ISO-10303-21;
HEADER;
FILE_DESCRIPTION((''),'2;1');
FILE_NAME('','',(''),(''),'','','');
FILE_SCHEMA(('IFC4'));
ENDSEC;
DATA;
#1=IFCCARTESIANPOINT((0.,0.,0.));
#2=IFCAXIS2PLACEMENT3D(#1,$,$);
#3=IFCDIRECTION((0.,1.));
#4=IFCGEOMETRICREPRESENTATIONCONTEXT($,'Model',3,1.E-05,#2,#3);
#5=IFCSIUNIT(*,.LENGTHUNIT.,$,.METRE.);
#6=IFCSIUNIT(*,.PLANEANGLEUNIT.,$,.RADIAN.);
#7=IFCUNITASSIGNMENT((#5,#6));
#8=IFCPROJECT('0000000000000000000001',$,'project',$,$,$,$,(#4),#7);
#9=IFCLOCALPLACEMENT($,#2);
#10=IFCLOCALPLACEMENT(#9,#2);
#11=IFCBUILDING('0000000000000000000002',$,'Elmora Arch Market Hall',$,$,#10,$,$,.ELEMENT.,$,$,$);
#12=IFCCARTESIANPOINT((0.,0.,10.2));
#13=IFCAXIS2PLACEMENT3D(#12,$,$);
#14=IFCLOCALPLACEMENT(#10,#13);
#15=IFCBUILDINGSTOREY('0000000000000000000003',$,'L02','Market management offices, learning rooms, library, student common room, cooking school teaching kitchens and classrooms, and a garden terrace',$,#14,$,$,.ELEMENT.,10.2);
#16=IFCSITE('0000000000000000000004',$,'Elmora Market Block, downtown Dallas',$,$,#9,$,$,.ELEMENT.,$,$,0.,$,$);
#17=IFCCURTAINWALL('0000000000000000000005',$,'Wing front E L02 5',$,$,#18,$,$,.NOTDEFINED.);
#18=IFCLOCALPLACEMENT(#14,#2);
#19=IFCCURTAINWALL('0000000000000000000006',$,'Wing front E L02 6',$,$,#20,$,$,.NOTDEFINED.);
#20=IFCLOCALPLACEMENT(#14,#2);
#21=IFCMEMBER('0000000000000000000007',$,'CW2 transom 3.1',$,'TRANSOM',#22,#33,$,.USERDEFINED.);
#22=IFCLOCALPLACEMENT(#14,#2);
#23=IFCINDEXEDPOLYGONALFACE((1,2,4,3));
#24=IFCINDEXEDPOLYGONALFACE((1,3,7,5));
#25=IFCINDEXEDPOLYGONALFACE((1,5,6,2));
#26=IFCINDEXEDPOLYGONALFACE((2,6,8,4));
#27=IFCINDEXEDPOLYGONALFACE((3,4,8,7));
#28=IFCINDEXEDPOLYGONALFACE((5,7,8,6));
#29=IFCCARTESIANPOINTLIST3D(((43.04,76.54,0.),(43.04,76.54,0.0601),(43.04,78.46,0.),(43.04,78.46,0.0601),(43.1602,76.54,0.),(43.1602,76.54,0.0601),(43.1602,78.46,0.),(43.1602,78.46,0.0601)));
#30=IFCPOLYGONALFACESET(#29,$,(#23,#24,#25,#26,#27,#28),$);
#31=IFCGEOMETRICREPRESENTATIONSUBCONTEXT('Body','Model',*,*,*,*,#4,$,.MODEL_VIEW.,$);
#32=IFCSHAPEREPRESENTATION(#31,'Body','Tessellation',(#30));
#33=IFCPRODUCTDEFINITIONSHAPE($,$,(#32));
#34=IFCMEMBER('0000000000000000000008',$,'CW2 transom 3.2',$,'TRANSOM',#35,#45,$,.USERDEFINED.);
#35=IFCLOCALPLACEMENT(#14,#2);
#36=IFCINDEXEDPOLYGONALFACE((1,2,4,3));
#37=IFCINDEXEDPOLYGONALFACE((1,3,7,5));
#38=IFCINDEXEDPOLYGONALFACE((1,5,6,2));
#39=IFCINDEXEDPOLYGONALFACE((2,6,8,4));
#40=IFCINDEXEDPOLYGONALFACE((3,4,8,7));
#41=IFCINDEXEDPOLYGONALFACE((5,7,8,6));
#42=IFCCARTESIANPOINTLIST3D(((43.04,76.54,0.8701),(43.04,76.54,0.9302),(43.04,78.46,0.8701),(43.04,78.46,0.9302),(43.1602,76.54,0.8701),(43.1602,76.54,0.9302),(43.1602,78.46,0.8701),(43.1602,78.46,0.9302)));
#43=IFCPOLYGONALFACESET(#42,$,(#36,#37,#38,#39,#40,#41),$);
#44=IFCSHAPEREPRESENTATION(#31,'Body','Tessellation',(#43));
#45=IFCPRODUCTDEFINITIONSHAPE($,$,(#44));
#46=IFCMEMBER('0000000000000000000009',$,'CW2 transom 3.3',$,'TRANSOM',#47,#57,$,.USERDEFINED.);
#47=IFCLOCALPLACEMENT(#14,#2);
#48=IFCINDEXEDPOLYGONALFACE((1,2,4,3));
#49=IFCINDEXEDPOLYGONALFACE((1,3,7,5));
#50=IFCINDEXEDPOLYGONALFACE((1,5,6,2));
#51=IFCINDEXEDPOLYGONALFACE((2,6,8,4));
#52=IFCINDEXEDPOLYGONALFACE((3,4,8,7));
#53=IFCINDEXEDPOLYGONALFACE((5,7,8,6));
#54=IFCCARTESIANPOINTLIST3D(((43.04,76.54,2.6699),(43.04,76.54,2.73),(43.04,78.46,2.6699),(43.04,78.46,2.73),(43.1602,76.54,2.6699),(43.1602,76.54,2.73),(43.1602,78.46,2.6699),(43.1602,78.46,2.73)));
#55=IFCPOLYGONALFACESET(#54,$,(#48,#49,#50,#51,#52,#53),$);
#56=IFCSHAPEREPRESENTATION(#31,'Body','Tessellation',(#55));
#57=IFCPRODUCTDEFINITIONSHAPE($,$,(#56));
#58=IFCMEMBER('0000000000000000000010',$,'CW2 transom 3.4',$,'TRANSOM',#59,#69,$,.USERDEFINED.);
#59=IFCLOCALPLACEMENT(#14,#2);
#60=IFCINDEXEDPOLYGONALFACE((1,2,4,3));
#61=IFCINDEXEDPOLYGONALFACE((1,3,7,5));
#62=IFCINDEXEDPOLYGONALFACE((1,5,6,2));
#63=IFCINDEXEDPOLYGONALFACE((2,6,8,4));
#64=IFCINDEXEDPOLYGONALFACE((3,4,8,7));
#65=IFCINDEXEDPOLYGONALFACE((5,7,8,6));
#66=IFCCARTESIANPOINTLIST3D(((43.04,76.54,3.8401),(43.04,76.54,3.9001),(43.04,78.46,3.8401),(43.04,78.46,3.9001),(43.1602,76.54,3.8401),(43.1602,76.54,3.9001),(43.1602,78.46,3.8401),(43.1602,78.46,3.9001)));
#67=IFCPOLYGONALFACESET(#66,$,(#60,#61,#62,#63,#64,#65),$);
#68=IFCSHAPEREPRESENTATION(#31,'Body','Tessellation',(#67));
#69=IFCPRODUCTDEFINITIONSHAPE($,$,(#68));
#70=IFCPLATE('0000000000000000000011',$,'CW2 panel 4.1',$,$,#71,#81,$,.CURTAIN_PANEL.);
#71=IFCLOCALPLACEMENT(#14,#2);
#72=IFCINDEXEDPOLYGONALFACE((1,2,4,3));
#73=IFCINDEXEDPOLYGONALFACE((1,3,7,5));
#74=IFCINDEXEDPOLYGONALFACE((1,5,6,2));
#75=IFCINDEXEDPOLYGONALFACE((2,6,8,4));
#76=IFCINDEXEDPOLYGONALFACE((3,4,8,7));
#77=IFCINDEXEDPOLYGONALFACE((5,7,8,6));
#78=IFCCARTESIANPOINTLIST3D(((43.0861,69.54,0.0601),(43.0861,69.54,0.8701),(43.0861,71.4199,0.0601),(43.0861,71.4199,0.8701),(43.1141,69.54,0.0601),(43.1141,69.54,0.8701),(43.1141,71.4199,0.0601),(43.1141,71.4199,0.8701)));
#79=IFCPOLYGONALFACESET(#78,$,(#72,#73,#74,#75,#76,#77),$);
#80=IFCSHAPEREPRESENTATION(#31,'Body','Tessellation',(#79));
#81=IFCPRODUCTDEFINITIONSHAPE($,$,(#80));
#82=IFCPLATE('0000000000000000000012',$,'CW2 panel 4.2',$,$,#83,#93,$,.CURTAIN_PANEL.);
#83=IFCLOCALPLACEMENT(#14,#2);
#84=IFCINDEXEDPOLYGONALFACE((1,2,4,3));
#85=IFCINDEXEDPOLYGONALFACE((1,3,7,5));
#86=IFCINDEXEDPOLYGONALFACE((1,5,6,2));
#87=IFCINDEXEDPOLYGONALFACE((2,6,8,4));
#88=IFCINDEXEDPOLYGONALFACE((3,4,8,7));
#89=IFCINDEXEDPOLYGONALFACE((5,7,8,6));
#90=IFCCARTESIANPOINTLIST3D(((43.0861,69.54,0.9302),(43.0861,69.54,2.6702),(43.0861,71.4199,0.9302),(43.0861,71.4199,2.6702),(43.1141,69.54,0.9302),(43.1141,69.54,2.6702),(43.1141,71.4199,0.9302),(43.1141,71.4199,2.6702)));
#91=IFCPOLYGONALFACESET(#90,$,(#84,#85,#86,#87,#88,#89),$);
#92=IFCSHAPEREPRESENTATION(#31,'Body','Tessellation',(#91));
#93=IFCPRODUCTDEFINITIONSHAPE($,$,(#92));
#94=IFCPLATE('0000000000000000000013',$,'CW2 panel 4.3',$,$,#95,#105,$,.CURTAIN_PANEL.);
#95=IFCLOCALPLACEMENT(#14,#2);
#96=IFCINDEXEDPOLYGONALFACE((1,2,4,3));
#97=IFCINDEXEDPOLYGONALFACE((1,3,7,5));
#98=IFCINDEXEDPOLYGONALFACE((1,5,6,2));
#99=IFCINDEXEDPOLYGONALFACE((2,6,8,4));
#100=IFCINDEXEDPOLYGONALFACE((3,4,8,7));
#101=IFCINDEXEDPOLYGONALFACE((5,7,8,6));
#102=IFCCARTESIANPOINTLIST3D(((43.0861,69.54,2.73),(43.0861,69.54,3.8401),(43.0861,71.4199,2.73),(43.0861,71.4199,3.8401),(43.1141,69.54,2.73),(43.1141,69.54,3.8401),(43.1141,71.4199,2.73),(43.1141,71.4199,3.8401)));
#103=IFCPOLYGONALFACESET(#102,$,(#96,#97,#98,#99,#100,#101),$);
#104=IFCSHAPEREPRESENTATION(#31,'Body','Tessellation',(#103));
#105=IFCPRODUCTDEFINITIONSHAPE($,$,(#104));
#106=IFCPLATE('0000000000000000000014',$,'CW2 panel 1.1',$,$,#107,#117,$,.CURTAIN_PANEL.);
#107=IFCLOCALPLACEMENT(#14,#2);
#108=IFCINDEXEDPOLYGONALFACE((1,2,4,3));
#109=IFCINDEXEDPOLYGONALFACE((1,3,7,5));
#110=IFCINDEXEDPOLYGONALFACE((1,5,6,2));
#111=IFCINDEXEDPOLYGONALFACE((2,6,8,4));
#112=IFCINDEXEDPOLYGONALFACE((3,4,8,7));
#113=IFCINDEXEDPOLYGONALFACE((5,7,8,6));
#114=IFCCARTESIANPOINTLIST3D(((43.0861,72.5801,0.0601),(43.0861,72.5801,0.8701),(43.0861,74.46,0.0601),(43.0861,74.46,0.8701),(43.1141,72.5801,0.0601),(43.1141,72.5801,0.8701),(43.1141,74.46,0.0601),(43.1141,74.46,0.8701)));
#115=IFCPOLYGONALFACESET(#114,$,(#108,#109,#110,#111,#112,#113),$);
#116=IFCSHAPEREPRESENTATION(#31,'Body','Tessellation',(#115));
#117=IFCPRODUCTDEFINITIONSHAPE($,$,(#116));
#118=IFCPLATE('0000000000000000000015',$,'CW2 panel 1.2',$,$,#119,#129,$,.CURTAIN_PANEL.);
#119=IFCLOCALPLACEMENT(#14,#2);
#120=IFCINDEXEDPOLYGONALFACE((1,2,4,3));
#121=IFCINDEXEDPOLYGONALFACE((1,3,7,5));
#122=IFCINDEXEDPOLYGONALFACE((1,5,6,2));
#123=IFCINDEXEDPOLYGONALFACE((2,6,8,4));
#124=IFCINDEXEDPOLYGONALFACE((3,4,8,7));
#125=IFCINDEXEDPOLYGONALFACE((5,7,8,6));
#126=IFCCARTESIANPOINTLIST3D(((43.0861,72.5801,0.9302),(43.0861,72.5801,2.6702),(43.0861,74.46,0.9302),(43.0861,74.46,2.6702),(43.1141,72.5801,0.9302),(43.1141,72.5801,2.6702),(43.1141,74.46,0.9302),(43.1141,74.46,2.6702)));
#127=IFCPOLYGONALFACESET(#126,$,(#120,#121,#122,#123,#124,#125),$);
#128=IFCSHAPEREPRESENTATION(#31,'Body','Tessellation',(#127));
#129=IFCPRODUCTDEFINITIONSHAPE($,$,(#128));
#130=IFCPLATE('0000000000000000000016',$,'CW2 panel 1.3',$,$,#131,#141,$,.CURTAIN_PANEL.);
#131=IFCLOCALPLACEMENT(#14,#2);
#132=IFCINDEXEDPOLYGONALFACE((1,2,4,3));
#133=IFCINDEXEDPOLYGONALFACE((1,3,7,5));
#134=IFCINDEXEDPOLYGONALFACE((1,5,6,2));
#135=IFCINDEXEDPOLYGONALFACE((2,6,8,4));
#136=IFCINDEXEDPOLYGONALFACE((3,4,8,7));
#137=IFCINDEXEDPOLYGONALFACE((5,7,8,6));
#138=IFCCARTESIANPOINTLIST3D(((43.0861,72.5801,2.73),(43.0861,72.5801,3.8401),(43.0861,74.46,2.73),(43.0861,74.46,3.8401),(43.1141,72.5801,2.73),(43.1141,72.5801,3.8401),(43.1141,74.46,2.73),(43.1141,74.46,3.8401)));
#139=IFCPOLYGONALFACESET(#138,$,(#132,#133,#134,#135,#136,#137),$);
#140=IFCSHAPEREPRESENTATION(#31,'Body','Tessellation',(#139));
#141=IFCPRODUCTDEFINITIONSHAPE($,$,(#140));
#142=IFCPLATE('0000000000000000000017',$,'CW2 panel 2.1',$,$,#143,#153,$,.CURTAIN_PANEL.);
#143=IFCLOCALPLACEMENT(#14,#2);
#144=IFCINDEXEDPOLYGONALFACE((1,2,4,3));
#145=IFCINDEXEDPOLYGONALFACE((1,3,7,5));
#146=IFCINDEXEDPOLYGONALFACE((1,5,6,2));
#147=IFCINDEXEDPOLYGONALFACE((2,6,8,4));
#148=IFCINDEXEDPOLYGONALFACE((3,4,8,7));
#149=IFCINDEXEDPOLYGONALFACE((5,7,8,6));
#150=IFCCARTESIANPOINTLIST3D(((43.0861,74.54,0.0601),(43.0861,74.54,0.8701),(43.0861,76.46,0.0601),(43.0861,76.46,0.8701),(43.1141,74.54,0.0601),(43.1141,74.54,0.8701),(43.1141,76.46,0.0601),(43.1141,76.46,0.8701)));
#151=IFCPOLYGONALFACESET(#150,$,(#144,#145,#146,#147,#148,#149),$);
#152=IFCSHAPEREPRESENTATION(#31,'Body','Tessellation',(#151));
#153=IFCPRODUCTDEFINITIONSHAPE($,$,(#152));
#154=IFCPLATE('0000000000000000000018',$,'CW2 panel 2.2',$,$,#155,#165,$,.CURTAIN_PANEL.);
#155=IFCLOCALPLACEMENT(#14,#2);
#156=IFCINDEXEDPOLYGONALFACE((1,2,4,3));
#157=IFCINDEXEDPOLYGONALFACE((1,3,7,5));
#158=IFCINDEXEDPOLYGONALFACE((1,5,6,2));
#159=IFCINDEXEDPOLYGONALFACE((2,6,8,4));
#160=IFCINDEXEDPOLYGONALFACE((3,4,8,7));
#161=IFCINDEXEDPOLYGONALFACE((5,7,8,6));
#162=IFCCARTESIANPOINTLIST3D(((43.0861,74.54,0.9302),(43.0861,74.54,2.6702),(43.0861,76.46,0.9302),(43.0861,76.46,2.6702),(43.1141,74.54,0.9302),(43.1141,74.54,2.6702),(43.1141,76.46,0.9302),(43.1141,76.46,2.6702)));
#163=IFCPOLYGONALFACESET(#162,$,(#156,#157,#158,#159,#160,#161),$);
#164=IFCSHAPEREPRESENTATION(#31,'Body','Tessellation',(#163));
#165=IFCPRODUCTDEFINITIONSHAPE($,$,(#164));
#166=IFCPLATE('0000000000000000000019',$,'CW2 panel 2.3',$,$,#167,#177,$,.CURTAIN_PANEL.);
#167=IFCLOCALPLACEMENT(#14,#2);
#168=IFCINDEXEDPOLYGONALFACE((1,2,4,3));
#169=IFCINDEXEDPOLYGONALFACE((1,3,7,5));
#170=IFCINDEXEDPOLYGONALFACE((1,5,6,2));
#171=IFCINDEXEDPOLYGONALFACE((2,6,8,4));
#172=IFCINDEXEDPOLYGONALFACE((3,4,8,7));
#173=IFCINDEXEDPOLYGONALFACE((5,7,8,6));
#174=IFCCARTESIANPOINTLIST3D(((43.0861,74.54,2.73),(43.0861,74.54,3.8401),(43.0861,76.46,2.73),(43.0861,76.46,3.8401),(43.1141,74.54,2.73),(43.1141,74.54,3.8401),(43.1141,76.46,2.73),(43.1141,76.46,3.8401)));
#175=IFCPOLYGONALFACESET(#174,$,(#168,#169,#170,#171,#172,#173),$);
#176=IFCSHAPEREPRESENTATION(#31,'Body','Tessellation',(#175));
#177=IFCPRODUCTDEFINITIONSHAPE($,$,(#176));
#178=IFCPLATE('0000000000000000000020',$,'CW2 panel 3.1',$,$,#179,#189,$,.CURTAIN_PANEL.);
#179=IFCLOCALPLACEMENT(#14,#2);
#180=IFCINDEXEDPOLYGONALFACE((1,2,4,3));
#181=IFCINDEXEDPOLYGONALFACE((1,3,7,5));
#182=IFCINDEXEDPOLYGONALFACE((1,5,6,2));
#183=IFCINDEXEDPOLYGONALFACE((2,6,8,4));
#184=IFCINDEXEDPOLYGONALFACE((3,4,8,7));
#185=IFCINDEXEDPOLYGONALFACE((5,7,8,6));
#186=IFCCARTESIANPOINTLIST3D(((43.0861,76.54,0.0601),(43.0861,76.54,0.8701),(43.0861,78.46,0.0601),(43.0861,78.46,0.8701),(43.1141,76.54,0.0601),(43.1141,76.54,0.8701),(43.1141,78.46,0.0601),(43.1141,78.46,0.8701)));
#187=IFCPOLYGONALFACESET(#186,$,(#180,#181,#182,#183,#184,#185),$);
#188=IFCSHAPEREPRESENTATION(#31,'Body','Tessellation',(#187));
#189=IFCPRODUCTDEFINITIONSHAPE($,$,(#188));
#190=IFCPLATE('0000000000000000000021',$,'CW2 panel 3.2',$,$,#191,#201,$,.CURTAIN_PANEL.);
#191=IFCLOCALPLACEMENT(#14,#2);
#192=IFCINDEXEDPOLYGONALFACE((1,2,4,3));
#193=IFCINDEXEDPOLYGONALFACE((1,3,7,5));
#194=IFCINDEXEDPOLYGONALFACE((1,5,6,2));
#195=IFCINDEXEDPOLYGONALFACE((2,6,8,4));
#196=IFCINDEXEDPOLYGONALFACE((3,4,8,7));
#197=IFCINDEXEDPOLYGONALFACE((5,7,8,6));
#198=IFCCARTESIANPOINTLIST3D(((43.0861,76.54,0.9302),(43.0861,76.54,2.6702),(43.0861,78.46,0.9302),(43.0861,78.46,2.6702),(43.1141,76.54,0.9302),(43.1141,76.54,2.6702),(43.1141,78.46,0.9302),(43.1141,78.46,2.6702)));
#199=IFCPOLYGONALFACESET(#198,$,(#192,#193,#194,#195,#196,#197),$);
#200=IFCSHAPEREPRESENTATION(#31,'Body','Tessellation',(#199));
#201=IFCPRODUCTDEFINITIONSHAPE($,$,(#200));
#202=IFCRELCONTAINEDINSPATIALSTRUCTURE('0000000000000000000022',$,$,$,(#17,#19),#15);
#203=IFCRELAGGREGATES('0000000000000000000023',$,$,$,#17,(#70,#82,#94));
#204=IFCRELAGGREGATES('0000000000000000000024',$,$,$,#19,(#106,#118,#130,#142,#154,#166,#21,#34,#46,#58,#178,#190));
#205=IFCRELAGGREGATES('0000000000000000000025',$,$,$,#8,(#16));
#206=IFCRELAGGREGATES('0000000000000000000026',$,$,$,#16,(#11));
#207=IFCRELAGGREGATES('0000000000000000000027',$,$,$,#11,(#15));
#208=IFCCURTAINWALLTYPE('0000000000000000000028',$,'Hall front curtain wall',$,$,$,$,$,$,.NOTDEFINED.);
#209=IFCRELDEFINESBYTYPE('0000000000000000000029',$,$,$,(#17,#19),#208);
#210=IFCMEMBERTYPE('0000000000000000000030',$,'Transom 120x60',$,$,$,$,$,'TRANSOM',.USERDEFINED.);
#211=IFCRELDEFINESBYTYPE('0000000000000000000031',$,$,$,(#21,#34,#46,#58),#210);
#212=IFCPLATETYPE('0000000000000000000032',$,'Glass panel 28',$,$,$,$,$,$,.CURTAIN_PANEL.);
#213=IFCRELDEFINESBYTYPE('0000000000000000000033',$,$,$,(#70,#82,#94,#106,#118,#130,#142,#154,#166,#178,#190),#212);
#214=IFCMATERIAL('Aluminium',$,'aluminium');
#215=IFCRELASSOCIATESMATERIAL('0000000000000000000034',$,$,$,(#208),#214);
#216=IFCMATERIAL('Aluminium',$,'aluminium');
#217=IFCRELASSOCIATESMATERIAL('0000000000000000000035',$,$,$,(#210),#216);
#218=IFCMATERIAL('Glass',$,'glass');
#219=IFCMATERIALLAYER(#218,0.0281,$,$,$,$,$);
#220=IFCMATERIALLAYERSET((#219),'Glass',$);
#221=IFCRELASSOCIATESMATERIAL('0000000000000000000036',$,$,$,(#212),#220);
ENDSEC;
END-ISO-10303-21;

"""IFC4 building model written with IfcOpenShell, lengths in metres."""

from ifc_helpers import new_model, si_unit, direction, frame, origin, origin_2d, place, context, subcontext, project, spatial, rectangle, extrude, material, layer, layer_set, material_profile, profile_set, type_object, element, aggregate, save


model = new_model("IFC4")

# Units and contexts
model_context = context("Model", 3, precision=1e-05, world=origin(), true_north=direction((0.0, 1.0)))
body_context = subcontext(model_context, "Body", "Model", "MODEL_VIEW")
ifc_project = project(units=[si_unit("LENGTHUNIT", "METRE"), si_unit("PLANEANGLEUNIT", "RADIAN")], contexts=[model_context])

# Site, building, storey
site_placement = place(None, origin())
site = spatial("IfcSite", under=ifc_project, at=site_placement, Name="Elmora Market Block, downtown Dallas", CompositionType="ELEMENT", RefElevation=0.0)
building_placement = place(site_placement, origin())
building = spatial("IfcBuilding", under=site, at=building_placement, Name="Elmora Arch Market Hall", CompositionType="ELEMENT")
storey_placement = place(building_placement, frame((0.0, 0.0, 10.2)))
storey = spatial("IfcBuildingStorey", under=building, at=storey_placement, Name="L02", Description="Market management offices, learning rooms, library, student common room, cooking school teaching kitchens and classrooms, and a garden terrace", CompositionType="ELEMENT", Elevation=10.2)

# Curtain wall
ifc_material_1 = material(Name="Aluminium", Category="aluminium")
curtain_wall_type = type_object("IfcCurtainWallType", Name="Hall front curtain wall", PredefinedType="NOTDEFINED", material=ifc_material_1)
curtain_wall_1_placement = place(storey_placement, origin())
curtain_wall_1 = element("IfcCurtainWall", 1, at=curtain_wall_1_placement, inside=storey, type_object=curtain_wall_type, Name="Wing front E L02 5", PredefinedType="NOTDEFINED")

# Curtain wall
curtain_wall_2_placement = place(storey_placement, origin())
curtain_wall_2 = element("IfcCurtainWall", 2, at=curtain_wall_2_placement, inside=storey, type_object=curtain_wall_type, Name="Wing front E L02 6", PredefinedType="NOTDEFINED")

# Members
ifc_material_2 = material(Name="Aluminium", Category="aluminium")
ifc_material_profile_1 = material_profile(ifc_material_2, rectangle(XDim=0.1201, YDim=0.0601, at=origin_2d()), Name="AL 120x60")
ifc_profile_set_1 = profile_set([ifc_material_profile_1], Name="Aluminium")
member_type_1 = type_object("IfcMemberType", Name="Transom 120x60", ElementType="TRANSOM", PredefinedType="USERDEFINED", material=ifc_profile_set_1)
member_1_placement = place(storey_placement, frame((43.1001, 76.54, 0.03), z_axis=(0.0, 1.0, 0.0), x_axis=(-1.0, 0.0, 0.0)))
member_1 = element("IfcMember", 3, at=member_1_placement, type_object=member_type_1, Name="CW2 transom 3.1", ObjectType="TRANSOM", PredefinedType="USERDEFINED", context=body_context, shape_type="SweptSolid", body=[
    extrude(rectangle(XDim=0.1201, YDim=0.0601, at=origin_2d()), origin(), (0.0, 0.0, 1.0), 1.9199),
])
member_2_placement = place(storey_placement, frame((43.1001, 76.54, 0.9001), z_axis=(0.0, 1.0, 0.0), x_axis=(-1.0, 0.0, 0.0)))
member_2 = element("IfcMember", 4, at=member_2_placement, type_object=member_type_1, Name="CW2 transom 3.2", ObjectType="TRANSOM", PredefinedType="USERDEFINED", context=body_context, shape_type="SweptSolid", body=[
    extrude(rectangle(XDim=0.1201, YDim=0.0601, at=origin_2d()), origin(), (0.0, 0.0, 1.0), 1.9199),
])
member_3_placement = place(storey_placement, frame((43.1001, 76.54, 2.7), z_axis=(0.0, 1.0, 0.0), x_axis=(-1.0, 0.0, 0.0)))
member_3 = element("IfcMember", 5, at=member_3_placement, type_object=member_type_1, Name="CW2 transom 3.3", ObjectType="TRANSOM", PredefinedType="USERDEFINED", context=body_context, shape_type="SweptSolid", body=[
    extrude(rectangle(XDim=0.1201, YDim=0.0601, at=origin_2d()), origin(), (0.0, 0.0, 1.0), 1.9199),
])
member_4_placement = place(storey_placement, frame((43.1001, 76.54, 3.8701), z_axis=(0.0, 1.0, 0.0), x_axis=(-1.0, 0.0, 0.0)))
member_4 = element("IfcMember", 6, at=member_4_placement, type_object=member_type_1, Name="CW2 transom 3.4", ObjectType="TRANSOM", PredefinedType="USERDEFINED", context=body_context, shape_type="SweptSolid", body=[
    extrude(rectangle(XDim=0.1201, YDim=0.0601, at=origin_2d()), origin(), (0.0, 0.0, 1.0), 1.9199),
])

# Plates
ifc_material_3 = material(Name="Glass", Category="glass")
ifc_layer = layer(ifc_material_3, 0.0281)
ifc_layer_set = layer_set([ifc_layer], Name="Glass")
plate_type = type_object("IfcPlateType", Name="Glass panel 28", PredefinedType="CURTAIN_PANEL", material=ifc_layer_set)
plate_1_placement = place(storey_placement, frame((43.1001, 70.48, 0.0601), z_axis=(0.0, 0.0, 1.0), x_axis=(0.0, 1.0, 0.0)))
plate_1 = element("IfcPlate", 7, at=plate_1_placement, type_object=plate_type, Name="CW2 panel 4.1", PredefinedType="CURTAIN_PANEL", context=body_context, shape_type="SweptSolid", body=[
    extrude(rectangle(XDim=1.8799, YDim=0.0281, at=origin_2d()), origin(), (0.0, 0.0, 1.0), 0.8101),
])
plate_2_placement = place(storey_placement, frame((43.1001, 70.48, 0.9302), z_axis=(0.0, 0.0, 1.0), x_axis=(0.0, 1.0, 0.0)))
plate_2 = element("IfcPlate", 8, at=plate_2_placement, type_object=plate_type, Name="CW2 panel 4.2", PredefinedType="CURTAIN_PANEL", context=body_context, shape_type="SweptSolid", body=[
    extrude(rectangle(XDim=1.8799, YDim=0.0281, at=origin_2d()), origin(), (0.0, 0.0, 1.0), 1.74),
])
plate_3_placement = place(storey_placement, frame((43.1001, 70.48, 2.73), z_axis=(0.0, 0.0, 1.0), x_axis=(0.0, 1.0, 0.0)))
plate_3 = element("IfcPlate", 9, at=plate_3_placement, type_object=plate_type, Name="CW2 panel 4.3", PredefinedType="CURTAIN_PANEL", context=body_context, shape_type="SweptSolid", body=[
    extrude(rectangle(XDim=1.8799, YDim=0.0281, at=origin_2d()), origin(), (0.0, 0.0, 1.0), 1.1101),
])
aggregate(curtain_wall_1, [plate_1, plate_2, plate_3])
plate_4_placement = place(storey_placement, frame((43.1001, 73.52, 0.0601), z_axis=(0.0, 0.0, 1.0), x_axis=(0.0, 1.0, 0.0)))
plate_4 = element("IfcPlate", 10, at=plate_4_placement, type_object=plate_type, Name="CW2 panel 1.1", PredefinedType="CURTAIN_PANEL", context=body_context, shape_type="SweptSolid", body=[
    extrude(rectangle(XDim=1.8799, YDim=0.0281, at=origin_2d()), origin(), (0.0, 0.0, 1.0), 0.8101),
])
plate_5_placement = place(storey_placement, frame((43.1001, 73.52, 0.9302), z_axis=(0.0, 0.0, 1.0), x_axis=(0.0, 1.0, 0.0)))
plate_5 = element("IfcPlate", 11, at=plate_5_placement, type_object=plate_type, Name="CW2 panel 1.2", PredefinedType="CURTAIN_PANEL", context=body_context, shape_type="SweptSolid", body=[
    extrude(rectangle(XDim=1.8799, YDim=0.0281, at=origin_2d()), origin(), (0.0, 0.0, 1.0), 1.74),
])
plate_6_placement = place(storey_placement, frame((43.1001, 73.52, 2.73), z_axis=(0.0, 0.0, 1.0), x_axis=(0.0, 1.0, 0.0)))
plate_6 = element("IfcPlate", 12, at=plate_6_placement, type_object=plate_type, Name="CW2 panel 1.3", PredefinedType="CURTAIN_PANEL", context=body_context, shape_type="SweptSolid", body=[
    extrude(rectangle(XDim=1.8799, YDim=0.0281, at=origin_2d()), origin(), (0.0, 0.0, 1.0), 1.1101),
])
plate_7_placement = place(storey_placement, frame((43.1001, 75.5, 0.0601), z_axis=(0.0, 0.0, 1.0), x_axis=(0.0, 1.0, 0.0)))
plate_7 = element("IfcPlate", 13, at=plate_7_placement, type_object=plate_type, Name="CW2 panel 2.1", PredefinedType="CURTAIN_PANEL", context=body_context, shape_type="SweptSolid", body=[
    extrude(rectangle(XDim=1.9199, YDim=0.0281, at=origin_2d()), origin(), (0.0, 0.0, 1.0), 0.8101),
])
plate_8_placement = place(storey_placement, frame((43.1001, 75.5, 0.9302), z_axis=(0.0, 0.0, 1.0), x_axis=(0.0, 1.0, 0.0)))
plate_8 = element("IfcPlate", 14, at=plate_8_placement, type_object=plate_type, Name="CW2 panel 2.2", PredefinedType="CURTAIN_PANEL", context=body_context, shape_type="SweptSolid", body=[
    extrude(rectangle(XDim=1.9199, YDim=0.0281, at=origin_2d()), origin(), (0.0, 0.0, 1.0), 1.74),
])
plate_9_placement = place(storey_placement, frame((43.1001, 75.5, 2.73), z_axis=(0.0, 0.0, 1.0), x_axis=(0.0, 1.0, 0.0)))
plate_9 = element("IfcPlate", 15, at=plate_9_placement, type_object=plate_type, Name="CW2 panel 2.3", PredefinedType="CURTAIN_PANEL", context=body_context, shape_type="SweptSolid", body=[
    extrude(rectangle(XDim=1.9199, YDim=0.0281, at=origin_2d()), origin(), (0.0, 0.0, 1.0), 1.1101),
])
plate_10_placement = place(storey_placement, frame((43.1001, 77.5, 0.0601), z_axis=(0.0, 0.0, 1.0), x_axis=(0.0, 1.0, 0.0)))
plate_10 = element("IfcPlate", 16, at=plate_10_placement, type_object=plate_type, Name="CW2 panel 3.1", PredefinedType="CURTAIN_PANEL", context=body_context, shape_type="SweptSolid", body=[
    extrude(rectangle(XDim=1.9199, YDim=0.0281, at=origin_2d()), origin(), (0.0, 0.0, 1.0), 0.8101),
])
plate_11_placement = place(storey_placement, frame((43.1001, 77.5, 0.9302), z_axis=(0.0, 0.0, 1.0), x_axis=(0.0, 1.0, 0.0)))
plate_11 = element("IfcPlate", 17, at=plate_11_placement, type_object=plate_type, Name="CW2 panel 3.2", PredefinedType="CURTAIN_PANEL", context=body_context, shape_type="SweptSolid", body=[
    extrude(rectangle(XDim=1.9199, YDim=0.0281, at=origin_2d()), origin(), (0.0, 0.0, 1.0), 1.74),
])
aggregate(curtain_wall_2, [plate_4, plate_5, plate_6, plate_7, plate_8, plate_9, member_1, member_2, member_3, member_4, plate_10, plate_11])

save(model, "model.ifc")
